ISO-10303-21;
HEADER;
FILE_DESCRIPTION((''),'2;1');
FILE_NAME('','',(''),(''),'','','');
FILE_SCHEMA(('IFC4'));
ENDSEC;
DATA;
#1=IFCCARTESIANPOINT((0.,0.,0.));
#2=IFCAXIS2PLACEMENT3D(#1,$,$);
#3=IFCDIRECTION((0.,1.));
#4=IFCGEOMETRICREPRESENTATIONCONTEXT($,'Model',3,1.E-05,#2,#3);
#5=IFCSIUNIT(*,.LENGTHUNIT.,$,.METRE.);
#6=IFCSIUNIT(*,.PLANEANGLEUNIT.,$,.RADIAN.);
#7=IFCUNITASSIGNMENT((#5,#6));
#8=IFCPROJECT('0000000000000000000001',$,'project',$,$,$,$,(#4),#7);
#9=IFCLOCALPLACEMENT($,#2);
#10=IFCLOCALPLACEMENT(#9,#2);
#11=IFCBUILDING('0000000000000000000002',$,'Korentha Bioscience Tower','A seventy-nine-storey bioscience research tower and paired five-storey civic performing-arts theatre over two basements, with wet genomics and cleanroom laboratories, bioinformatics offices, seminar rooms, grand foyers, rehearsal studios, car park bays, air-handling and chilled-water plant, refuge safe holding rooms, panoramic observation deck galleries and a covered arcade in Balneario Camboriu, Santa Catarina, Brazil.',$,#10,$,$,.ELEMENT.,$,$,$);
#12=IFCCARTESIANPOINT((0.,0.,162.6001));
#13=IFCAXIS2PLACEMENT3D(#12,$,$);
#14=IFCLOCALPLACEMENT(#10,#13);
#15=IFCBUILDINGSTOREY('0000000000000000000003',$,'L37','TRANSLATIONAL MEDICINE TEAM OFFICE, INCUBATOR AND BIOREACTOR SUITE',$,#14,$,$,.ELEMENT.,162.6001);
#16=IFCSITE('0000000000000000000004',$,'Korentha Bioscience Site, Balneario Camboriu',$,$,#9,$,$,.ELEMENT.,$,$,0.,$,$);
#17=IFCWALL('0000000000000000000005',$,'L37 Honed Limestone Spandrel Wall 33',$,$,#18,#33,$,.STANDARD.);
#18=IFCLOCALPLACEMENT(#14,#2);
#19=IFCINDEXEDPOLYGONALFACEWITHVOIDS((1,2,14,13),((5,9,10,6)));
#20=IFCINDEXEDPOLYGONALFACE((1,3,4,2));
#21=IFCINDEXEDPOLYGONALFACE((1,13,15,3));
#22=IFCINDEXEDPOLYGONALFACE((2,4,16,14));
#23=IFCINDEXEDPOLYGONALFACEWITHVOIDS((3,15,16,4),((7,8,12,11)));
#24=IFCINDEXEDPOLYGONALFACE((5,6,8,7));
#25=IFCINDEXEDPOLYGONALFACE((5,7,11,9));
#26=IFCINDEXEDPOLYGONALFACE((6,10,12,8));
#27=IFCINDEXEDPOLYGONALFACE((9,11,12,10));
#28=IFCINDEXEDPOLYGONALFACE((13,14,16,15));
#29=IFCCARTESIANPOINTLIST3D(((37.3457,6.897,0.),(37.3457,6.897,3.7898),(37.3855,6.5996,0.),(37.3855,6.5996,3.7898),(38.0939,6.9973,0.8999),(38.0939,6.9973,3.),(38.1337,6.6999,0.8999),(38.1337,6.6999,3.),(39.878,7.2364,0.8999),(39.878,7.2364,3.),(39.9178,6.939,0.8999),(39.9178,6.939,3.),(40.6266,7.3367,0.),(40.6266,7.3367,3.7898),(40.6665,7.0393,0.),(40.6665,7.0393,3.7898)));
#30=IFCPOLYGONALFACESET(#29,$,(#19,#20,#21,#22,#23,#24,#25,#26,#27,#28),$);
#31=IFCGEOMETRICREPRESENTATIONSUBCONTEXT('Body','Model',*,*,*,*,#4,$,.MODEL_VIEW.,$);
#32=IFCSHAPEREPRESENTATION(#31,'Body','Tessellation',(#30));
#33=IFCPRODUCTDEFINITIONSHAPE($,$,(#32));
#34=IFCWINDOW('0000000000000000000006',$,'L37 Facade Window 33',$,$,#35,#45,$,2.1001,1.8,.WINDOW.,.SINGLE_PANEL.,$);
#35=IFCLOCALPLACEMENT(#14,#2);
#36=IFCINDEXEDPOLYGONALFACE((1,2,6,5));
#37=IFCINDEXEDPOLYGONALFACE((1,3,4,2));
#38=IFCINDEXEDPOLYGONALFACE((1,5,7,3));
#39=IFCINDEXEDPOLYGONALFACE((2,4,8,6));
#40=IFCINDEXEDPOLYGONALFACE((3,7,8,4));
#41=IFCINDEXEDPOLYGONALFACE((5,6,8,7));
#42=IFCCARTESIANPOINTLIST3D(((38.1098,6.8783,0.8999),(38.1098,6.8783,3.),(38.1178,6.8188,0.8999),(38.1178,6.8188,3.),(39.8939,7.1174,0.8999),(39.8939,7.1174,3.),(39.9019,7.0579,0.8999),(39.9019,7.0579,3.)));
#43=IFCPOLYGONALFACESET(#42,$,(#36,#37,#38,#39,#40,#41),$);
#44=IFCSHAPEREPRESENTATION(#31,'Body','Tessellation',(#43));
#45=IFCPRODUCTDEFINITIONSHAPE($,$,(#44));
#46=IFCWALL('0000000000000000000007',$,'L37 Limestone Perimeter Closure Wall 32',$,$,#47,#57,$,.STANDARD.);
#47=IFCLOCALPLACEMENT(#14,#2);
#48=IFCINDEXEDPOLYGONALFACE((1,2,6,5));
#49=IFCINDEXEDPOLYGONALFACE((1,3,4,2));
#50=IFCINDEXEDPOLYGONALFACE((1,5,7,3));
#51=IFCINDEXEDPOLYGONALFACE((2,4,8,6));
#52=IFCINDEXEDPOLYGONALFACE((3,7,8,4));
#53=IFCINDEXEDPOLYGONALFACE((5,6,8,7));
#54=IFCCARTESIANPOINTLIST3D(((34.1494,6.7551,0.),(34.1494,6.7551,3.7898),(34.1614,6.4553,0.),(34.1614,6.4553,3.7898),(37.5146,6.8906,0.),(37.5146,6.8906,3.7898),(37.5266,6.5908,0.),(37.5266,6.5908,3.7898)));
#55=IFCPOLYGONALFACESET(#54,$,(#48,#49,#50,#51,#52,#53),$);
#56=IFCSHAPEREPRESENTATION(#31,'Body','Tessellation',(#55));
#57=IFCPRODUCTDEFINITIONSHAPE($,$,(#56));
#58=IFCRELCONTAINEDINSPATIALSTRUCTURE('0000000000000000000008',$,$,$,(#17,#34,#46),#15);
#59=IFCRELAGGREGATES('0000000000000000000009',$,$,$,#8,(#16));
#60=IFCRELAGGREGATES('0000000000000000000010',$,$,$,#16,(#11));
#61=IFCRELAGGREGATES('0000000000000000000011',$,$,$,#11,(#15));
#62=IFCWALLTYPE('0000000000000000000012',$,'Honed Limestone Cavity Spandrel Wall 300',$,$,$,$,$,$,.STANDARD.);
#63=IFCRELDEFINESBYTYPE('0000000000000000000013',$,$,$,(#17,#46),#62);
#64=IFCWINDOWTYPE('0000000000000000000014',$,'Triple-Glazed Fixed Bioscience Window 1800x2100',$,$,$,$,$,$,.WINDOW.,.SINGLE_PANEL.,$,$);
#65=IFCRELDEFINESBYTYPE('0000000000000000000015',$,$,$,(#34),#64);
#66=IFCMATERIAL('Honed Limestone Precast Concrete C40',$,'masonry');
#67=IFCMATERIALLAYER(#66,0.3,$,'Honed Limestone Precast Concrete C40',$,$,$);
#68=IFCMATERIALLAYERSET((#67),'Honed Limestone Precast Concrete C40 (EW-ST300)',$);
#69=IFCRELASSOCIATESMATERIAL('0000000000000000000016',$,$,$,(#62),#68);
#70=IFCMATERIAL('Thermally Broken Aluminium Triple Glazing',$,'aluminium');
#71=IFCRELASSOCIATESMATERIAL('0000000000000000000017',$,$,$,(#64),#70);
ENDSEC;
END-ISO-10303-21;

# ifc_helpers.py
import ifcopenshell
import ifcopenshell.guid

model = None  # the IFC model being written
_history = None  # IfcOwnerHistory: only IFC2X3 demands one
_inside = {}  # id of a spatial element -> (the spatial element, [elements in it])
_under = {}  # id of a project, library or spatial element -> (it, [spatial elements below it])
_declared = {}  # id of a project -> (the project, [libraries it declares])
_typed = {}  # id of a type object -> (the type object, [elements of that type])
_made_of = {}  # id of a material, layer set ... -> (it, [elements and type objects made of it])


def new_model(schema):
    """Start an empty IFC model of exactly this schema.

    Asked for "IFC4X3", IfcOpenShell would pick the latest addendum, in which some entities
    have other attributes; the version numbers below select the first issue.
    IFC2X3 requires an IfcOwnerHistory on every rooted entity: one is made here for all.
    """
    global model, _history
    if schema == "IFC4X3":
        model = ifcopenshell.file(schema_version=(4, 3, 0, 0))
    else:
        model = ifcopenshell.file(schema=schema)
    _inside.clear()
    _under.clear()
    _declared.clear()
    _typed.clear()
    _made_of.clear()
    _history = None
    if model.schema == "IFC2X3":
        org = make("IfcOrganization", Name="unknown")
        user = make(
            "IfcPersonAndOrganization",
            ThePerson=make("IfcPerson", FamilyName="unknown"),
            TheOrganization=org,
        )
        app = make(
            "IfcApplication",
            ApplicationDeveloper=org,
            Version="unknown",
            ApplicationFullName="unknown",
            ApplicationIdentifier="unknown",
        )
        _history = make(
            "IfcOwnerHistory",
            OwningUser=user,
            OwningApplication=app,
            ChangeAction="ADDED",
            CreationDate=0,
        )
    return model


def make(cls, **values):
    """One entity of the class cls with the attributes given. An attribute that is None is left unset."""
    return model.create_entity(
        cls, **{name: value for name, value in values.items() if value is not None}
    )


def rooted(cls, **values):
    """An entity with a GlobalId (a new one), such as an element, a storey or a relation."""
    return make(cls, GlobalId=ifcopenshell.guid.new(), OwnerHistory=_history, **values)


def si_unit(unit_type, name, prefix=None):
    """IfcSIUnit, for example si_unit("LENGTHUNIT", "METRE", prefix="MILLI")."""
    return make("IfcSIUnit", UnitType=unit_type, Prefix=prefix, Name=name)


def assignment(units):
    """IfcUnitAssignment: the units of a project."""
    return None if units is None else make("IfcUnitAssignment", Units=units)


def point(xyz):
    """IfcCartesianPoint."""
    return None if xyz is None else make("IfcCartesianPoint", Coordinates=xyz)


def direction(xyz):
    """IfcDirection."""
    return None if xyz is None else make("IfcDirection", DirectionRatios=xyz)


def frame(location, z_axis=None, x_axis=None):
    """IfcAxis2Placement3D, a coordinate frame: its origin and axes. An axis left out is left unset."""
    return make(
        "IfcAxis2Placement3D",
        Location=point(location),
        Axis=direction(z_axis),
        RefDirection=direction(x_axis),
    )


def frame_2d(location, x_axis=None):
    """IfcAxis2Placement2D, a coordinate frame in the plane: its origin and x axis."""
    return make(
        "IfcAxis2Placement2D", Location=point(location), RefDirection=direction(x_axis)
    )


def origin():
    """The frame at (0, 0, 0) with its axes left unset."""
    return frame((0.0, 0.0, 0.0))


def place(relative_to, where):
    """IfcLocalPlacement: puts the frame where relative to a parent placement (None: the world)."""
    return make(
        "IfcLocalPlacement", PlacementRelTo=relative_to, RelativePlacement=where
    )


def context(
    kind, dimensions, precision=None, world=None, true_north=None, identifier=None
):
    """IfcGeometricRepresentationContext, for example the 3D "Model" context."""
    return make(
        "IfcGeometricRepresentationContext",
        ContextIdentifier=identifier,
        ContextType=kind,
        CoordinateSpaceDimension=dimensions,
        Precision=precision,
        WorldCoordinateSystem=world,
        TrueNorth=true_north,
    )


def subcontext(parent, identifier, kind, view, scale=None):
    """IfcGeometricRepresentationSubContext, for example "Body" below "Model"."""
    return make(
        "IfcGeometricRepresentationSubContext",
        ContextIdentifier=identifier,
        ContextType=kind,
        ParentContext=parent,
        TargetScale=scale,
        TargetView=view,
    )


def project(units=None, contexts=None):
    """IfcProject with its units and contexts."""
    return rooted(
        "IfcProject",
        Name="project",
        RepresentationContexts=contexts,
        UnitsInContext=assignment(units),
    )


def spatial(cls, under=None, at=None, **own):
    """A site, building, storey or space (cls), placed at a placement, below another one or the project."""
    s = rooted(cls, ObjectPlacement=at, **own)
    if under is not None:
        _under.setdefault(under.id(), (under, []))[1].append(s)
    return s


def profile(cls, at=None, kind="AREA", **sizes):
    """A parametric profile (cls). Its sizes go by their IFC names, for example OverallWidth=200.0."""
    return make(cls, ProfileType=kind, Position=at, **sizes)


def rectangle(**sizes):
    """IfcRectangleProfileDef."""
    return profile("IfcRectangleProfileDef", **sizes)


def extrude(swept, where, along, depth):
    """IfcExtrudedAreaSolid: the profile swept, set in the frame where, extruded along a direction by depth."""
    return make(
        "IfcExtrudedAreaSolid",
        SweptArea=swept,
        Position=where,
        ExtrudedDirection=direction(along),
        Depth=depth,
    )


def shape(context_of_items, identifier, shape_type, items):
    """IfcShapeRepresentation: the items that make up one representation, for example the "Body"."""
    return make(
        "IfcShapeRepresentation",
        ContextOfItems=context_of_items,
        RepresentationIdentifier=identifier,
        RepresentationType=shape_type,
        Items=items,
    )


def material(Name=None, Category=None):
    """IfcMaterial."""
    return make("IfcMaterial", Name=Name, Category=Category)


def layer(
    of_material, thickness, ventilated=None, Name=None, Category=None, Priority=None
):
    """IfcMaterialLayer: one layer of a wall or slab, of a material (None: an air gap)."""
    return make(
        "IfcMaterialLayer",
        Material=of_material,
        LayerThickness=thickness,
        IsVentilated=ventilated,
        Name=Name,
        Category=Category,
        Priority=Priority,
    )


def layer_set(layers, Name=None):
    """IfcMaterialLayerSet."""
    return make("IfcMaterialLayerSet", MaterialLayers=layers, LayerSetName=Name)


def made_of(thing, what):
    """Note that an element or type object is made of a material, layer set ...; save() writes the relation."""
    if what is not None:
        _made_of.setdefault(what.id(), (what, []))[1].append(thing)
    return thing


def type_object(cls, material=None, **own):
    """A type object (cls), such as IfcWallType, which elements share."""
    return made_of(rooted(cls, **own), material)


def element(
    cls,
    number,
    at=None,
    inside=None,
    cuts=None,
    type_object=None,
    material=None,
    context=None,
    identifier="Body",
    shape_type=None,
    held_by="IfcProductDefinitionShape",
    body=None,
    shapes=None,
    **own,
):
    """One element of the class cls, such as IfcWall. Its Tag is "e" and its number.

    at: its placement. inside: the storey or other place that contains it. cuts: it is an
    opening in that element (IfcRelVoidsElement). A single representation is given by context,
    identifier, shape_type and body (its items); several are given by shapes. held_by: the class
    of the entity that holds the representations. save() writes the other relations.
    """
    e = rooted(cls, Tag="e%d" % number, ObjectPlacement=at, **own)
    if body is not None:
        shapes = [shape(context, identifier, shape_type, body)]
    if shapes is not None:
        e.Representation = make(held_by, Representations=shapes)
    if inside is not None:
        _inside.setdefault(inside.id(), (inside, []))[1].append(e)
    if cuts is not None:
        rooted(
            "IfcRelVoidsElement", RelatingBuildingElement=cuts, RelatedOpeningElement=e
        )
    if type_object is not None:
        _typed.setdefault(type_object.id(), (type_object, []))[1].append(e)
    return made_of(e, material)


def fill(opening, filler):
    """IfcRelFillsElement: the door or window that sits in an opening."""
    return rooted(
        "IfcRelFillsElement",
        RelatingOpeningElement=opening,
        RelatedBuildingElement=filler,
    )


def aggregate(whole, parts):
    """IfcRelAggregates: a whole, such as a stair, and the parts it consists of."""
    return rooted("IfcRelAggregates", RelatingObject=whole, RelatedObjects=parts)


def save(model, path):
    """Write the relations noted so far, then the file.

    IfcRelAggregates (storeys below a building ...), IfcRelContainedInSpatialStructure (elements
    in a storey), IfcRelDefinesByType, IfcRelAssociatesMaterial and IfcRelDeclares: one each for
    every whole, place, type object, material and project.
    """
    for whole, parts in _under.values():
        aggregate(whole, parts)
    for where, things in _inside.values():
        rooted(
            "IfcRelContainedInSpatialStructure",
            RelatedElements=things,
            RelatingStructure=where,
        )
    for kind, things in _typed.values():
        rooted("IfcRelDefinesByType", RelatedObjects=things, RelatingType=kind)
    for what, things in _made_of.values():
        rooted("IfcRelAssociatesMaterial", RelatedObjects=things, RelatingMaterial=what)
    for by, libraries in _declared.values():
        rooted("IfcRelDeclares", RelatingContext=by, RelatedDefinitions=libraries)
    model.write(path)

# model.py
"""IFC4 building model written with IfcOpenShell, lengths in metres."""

from ifc_helpers import new_model, si_unit, direction, frame, frame_2d, origin, place, context, subcontext, project, spatial, rectangle, extrude, material, layer, layer_set, type_object, element, fill, save


model = new_model("IFC4")

# Units and contexts
model_context = context("Model", 3, precision=1e-05, world=origin(), true_north=direction((0.0, 1.0)))
body_context = subcontext(model_context, "Body", "Model", "MODEL_VIEW")
ifc_project = project(units=[si_unit("LENGTHUNIT", "METRE"), si_unit("PLANEANGLEUNIT", "RADIAN")], contexts=[model_context])

# Site, building, storey
site_placement = place(None, origin())
site = spatial("IfcSite", under=ifc_project, at=site_placement, Name="Korentha Bioscience Site, Balneario Camboriu", CompositionType="ELEMENT", RefElevation=0.0)
building_placement = place(site_placement, origin())
building = spatial("IfcBuilding", under=site, at=building_placement, Name="Korentha Bioscience Tower", Description="A seventy-nine-storey bioscience research tower and paired five-storey civic performing-arts theatre over two basements, with wet genomics and cleanroom laboratories, bioinformatics offices, seminar rooms, grand foyers, rehearsal studios, car park bays, air-handling and chilled-water plant, refuge safe holding rooms, panoramic observation deck galleries and a covered arcade in Balneario Camboriu, Santa Catarina, Brazil.", CompositionType="ELEMENT")
storey_placement = place(building_placement, frame((0.0, 0.0, 162.6001)))
storey = spatial("IfcBuildingStorey", under=building, at=storey_placement, Name="L37", Description="TRANSLATIONAL MEDICINE TEAM OFFICE, INCUBATOR AND BIOREACTOR SUITE", CompositionType="ELEMENT", Elevation=162.6001)

# Wall, opening, window
ifc_material_1 = material(Name="Honed Limestone Precast Concrete C40", Category="masonry")
ifc_layer_1 = layer(ifc_material_1, 0.3, Name="Honed Limestone Precast Concrete C40")
ifc_layer_set_1 = layer_set([ifc_layer_1], Name="Honed Limestone Precast Concrete C40 (EW-ST300)")
wall_type_1 = type_object("IfcWallType", Name="Honed Limestone Cavity Spandrel Wall 300", PredefinedType="STANDARD", material=ifc_layer_set_1)
wall_1_placement = place(storey_placement, frame((37.3655, 6.7483, 0.0), z_axis=(0.0, 0.0, 1.0), x_axis=(0.991139, 0.132826, 0.0)))
wall_1 = element("IfcWall", 1, at=wall_1_placement, inside=storey, type_object=wall_type_1, Name="L37 Honed Limestone Spandrel Wall 33", PredefinedType="STANDARD", context=body_context, shape_type="SweptSolid", body=[
    extrude(rectangle(XDim=3.3103, YDim=0.3, at=frame_2d((1.6553, 0.0))), origin(), (0.0, 0.0, 1.0), 3.7898),
])
opening_1_placement = place(wall_1_placement, frame((0.7551, 0.0, 0.8999)))
opening_1 = element("IfcOpeningElement", 2, at=opening_1_placement, cuts=wall_1, PredefinedType="OPENING", context=body_context, shape_type="SweptSolid", body=[
    extrude(rectangle(XDim=1.8, YDim=2.1001, at=frame_2d((0.8999, 1.05))), frame((0.0, 0.165, 0.0), z_axis=(0.0, -1.0, 0.0), x_axis=(1.0, 0.0, 0.0)), (0.0, 0.0, 1.0), 0.3298),
])
ifc_material_2 = material(Name="Thermally Broken Aluminium Triple Glazing", Category="aluminium")
window_type = type_object("IfcWindowType", Name="Triple-Glazed Fixed Bioscience Window 1800x2100", PartitioningType="SINGLE_PANEL", PredefinedType="WINDOW", material=ifc_material_2)
window_placement = place(opening_1_placement, origin())
window = element("IfcWindow", 3, at=window_placement, inside=storey, type_object=window_type, Name="L37 Facade Window 33", OverallHeight=2.1001, OverallWidth=1.8, PartitioningType="SINGLE_PANEL", PredefinedType="WINDOW", context=body_context, shape_type="SweptSolid", body=[
    extrude(rectangle(XDim=1.8, YDim=2.1001, at=frame_2d((0.8999, 1.05))), frame((0.0, 0.03, 0.0), z_axis=(0.0, -1.0, 0.0), x_axis=(1.0, 0.0, 0.0)), (0.0, 0.0, 1.0), 0.0601),
])
fill(opening_1, window)

# Wall
wall_2_placement = place(storey_placement, frame((34.1553, 6.6052, 0.0), z_axis=(0.0, 0.0, 1.0), x_axis=(0.99919, 0.040231, 0.0)))
element("IfcWall", 4, at=wall_2_placement, inside=storey, type_object=wall_type_1, Name="L37 Limestone Perimeter Closure Wall 32", PredefinedType="STANDARD", context=body_context, shape_type="SweptSolid", body=[
    extrude(rectangle(XDim=3.3679, YDim=0.3, at=frame_2d((1.6841, 0.0))), origin(), (0.0, 0.0, 1.0), 3.7898),
])

save(model, "model.ifc")
